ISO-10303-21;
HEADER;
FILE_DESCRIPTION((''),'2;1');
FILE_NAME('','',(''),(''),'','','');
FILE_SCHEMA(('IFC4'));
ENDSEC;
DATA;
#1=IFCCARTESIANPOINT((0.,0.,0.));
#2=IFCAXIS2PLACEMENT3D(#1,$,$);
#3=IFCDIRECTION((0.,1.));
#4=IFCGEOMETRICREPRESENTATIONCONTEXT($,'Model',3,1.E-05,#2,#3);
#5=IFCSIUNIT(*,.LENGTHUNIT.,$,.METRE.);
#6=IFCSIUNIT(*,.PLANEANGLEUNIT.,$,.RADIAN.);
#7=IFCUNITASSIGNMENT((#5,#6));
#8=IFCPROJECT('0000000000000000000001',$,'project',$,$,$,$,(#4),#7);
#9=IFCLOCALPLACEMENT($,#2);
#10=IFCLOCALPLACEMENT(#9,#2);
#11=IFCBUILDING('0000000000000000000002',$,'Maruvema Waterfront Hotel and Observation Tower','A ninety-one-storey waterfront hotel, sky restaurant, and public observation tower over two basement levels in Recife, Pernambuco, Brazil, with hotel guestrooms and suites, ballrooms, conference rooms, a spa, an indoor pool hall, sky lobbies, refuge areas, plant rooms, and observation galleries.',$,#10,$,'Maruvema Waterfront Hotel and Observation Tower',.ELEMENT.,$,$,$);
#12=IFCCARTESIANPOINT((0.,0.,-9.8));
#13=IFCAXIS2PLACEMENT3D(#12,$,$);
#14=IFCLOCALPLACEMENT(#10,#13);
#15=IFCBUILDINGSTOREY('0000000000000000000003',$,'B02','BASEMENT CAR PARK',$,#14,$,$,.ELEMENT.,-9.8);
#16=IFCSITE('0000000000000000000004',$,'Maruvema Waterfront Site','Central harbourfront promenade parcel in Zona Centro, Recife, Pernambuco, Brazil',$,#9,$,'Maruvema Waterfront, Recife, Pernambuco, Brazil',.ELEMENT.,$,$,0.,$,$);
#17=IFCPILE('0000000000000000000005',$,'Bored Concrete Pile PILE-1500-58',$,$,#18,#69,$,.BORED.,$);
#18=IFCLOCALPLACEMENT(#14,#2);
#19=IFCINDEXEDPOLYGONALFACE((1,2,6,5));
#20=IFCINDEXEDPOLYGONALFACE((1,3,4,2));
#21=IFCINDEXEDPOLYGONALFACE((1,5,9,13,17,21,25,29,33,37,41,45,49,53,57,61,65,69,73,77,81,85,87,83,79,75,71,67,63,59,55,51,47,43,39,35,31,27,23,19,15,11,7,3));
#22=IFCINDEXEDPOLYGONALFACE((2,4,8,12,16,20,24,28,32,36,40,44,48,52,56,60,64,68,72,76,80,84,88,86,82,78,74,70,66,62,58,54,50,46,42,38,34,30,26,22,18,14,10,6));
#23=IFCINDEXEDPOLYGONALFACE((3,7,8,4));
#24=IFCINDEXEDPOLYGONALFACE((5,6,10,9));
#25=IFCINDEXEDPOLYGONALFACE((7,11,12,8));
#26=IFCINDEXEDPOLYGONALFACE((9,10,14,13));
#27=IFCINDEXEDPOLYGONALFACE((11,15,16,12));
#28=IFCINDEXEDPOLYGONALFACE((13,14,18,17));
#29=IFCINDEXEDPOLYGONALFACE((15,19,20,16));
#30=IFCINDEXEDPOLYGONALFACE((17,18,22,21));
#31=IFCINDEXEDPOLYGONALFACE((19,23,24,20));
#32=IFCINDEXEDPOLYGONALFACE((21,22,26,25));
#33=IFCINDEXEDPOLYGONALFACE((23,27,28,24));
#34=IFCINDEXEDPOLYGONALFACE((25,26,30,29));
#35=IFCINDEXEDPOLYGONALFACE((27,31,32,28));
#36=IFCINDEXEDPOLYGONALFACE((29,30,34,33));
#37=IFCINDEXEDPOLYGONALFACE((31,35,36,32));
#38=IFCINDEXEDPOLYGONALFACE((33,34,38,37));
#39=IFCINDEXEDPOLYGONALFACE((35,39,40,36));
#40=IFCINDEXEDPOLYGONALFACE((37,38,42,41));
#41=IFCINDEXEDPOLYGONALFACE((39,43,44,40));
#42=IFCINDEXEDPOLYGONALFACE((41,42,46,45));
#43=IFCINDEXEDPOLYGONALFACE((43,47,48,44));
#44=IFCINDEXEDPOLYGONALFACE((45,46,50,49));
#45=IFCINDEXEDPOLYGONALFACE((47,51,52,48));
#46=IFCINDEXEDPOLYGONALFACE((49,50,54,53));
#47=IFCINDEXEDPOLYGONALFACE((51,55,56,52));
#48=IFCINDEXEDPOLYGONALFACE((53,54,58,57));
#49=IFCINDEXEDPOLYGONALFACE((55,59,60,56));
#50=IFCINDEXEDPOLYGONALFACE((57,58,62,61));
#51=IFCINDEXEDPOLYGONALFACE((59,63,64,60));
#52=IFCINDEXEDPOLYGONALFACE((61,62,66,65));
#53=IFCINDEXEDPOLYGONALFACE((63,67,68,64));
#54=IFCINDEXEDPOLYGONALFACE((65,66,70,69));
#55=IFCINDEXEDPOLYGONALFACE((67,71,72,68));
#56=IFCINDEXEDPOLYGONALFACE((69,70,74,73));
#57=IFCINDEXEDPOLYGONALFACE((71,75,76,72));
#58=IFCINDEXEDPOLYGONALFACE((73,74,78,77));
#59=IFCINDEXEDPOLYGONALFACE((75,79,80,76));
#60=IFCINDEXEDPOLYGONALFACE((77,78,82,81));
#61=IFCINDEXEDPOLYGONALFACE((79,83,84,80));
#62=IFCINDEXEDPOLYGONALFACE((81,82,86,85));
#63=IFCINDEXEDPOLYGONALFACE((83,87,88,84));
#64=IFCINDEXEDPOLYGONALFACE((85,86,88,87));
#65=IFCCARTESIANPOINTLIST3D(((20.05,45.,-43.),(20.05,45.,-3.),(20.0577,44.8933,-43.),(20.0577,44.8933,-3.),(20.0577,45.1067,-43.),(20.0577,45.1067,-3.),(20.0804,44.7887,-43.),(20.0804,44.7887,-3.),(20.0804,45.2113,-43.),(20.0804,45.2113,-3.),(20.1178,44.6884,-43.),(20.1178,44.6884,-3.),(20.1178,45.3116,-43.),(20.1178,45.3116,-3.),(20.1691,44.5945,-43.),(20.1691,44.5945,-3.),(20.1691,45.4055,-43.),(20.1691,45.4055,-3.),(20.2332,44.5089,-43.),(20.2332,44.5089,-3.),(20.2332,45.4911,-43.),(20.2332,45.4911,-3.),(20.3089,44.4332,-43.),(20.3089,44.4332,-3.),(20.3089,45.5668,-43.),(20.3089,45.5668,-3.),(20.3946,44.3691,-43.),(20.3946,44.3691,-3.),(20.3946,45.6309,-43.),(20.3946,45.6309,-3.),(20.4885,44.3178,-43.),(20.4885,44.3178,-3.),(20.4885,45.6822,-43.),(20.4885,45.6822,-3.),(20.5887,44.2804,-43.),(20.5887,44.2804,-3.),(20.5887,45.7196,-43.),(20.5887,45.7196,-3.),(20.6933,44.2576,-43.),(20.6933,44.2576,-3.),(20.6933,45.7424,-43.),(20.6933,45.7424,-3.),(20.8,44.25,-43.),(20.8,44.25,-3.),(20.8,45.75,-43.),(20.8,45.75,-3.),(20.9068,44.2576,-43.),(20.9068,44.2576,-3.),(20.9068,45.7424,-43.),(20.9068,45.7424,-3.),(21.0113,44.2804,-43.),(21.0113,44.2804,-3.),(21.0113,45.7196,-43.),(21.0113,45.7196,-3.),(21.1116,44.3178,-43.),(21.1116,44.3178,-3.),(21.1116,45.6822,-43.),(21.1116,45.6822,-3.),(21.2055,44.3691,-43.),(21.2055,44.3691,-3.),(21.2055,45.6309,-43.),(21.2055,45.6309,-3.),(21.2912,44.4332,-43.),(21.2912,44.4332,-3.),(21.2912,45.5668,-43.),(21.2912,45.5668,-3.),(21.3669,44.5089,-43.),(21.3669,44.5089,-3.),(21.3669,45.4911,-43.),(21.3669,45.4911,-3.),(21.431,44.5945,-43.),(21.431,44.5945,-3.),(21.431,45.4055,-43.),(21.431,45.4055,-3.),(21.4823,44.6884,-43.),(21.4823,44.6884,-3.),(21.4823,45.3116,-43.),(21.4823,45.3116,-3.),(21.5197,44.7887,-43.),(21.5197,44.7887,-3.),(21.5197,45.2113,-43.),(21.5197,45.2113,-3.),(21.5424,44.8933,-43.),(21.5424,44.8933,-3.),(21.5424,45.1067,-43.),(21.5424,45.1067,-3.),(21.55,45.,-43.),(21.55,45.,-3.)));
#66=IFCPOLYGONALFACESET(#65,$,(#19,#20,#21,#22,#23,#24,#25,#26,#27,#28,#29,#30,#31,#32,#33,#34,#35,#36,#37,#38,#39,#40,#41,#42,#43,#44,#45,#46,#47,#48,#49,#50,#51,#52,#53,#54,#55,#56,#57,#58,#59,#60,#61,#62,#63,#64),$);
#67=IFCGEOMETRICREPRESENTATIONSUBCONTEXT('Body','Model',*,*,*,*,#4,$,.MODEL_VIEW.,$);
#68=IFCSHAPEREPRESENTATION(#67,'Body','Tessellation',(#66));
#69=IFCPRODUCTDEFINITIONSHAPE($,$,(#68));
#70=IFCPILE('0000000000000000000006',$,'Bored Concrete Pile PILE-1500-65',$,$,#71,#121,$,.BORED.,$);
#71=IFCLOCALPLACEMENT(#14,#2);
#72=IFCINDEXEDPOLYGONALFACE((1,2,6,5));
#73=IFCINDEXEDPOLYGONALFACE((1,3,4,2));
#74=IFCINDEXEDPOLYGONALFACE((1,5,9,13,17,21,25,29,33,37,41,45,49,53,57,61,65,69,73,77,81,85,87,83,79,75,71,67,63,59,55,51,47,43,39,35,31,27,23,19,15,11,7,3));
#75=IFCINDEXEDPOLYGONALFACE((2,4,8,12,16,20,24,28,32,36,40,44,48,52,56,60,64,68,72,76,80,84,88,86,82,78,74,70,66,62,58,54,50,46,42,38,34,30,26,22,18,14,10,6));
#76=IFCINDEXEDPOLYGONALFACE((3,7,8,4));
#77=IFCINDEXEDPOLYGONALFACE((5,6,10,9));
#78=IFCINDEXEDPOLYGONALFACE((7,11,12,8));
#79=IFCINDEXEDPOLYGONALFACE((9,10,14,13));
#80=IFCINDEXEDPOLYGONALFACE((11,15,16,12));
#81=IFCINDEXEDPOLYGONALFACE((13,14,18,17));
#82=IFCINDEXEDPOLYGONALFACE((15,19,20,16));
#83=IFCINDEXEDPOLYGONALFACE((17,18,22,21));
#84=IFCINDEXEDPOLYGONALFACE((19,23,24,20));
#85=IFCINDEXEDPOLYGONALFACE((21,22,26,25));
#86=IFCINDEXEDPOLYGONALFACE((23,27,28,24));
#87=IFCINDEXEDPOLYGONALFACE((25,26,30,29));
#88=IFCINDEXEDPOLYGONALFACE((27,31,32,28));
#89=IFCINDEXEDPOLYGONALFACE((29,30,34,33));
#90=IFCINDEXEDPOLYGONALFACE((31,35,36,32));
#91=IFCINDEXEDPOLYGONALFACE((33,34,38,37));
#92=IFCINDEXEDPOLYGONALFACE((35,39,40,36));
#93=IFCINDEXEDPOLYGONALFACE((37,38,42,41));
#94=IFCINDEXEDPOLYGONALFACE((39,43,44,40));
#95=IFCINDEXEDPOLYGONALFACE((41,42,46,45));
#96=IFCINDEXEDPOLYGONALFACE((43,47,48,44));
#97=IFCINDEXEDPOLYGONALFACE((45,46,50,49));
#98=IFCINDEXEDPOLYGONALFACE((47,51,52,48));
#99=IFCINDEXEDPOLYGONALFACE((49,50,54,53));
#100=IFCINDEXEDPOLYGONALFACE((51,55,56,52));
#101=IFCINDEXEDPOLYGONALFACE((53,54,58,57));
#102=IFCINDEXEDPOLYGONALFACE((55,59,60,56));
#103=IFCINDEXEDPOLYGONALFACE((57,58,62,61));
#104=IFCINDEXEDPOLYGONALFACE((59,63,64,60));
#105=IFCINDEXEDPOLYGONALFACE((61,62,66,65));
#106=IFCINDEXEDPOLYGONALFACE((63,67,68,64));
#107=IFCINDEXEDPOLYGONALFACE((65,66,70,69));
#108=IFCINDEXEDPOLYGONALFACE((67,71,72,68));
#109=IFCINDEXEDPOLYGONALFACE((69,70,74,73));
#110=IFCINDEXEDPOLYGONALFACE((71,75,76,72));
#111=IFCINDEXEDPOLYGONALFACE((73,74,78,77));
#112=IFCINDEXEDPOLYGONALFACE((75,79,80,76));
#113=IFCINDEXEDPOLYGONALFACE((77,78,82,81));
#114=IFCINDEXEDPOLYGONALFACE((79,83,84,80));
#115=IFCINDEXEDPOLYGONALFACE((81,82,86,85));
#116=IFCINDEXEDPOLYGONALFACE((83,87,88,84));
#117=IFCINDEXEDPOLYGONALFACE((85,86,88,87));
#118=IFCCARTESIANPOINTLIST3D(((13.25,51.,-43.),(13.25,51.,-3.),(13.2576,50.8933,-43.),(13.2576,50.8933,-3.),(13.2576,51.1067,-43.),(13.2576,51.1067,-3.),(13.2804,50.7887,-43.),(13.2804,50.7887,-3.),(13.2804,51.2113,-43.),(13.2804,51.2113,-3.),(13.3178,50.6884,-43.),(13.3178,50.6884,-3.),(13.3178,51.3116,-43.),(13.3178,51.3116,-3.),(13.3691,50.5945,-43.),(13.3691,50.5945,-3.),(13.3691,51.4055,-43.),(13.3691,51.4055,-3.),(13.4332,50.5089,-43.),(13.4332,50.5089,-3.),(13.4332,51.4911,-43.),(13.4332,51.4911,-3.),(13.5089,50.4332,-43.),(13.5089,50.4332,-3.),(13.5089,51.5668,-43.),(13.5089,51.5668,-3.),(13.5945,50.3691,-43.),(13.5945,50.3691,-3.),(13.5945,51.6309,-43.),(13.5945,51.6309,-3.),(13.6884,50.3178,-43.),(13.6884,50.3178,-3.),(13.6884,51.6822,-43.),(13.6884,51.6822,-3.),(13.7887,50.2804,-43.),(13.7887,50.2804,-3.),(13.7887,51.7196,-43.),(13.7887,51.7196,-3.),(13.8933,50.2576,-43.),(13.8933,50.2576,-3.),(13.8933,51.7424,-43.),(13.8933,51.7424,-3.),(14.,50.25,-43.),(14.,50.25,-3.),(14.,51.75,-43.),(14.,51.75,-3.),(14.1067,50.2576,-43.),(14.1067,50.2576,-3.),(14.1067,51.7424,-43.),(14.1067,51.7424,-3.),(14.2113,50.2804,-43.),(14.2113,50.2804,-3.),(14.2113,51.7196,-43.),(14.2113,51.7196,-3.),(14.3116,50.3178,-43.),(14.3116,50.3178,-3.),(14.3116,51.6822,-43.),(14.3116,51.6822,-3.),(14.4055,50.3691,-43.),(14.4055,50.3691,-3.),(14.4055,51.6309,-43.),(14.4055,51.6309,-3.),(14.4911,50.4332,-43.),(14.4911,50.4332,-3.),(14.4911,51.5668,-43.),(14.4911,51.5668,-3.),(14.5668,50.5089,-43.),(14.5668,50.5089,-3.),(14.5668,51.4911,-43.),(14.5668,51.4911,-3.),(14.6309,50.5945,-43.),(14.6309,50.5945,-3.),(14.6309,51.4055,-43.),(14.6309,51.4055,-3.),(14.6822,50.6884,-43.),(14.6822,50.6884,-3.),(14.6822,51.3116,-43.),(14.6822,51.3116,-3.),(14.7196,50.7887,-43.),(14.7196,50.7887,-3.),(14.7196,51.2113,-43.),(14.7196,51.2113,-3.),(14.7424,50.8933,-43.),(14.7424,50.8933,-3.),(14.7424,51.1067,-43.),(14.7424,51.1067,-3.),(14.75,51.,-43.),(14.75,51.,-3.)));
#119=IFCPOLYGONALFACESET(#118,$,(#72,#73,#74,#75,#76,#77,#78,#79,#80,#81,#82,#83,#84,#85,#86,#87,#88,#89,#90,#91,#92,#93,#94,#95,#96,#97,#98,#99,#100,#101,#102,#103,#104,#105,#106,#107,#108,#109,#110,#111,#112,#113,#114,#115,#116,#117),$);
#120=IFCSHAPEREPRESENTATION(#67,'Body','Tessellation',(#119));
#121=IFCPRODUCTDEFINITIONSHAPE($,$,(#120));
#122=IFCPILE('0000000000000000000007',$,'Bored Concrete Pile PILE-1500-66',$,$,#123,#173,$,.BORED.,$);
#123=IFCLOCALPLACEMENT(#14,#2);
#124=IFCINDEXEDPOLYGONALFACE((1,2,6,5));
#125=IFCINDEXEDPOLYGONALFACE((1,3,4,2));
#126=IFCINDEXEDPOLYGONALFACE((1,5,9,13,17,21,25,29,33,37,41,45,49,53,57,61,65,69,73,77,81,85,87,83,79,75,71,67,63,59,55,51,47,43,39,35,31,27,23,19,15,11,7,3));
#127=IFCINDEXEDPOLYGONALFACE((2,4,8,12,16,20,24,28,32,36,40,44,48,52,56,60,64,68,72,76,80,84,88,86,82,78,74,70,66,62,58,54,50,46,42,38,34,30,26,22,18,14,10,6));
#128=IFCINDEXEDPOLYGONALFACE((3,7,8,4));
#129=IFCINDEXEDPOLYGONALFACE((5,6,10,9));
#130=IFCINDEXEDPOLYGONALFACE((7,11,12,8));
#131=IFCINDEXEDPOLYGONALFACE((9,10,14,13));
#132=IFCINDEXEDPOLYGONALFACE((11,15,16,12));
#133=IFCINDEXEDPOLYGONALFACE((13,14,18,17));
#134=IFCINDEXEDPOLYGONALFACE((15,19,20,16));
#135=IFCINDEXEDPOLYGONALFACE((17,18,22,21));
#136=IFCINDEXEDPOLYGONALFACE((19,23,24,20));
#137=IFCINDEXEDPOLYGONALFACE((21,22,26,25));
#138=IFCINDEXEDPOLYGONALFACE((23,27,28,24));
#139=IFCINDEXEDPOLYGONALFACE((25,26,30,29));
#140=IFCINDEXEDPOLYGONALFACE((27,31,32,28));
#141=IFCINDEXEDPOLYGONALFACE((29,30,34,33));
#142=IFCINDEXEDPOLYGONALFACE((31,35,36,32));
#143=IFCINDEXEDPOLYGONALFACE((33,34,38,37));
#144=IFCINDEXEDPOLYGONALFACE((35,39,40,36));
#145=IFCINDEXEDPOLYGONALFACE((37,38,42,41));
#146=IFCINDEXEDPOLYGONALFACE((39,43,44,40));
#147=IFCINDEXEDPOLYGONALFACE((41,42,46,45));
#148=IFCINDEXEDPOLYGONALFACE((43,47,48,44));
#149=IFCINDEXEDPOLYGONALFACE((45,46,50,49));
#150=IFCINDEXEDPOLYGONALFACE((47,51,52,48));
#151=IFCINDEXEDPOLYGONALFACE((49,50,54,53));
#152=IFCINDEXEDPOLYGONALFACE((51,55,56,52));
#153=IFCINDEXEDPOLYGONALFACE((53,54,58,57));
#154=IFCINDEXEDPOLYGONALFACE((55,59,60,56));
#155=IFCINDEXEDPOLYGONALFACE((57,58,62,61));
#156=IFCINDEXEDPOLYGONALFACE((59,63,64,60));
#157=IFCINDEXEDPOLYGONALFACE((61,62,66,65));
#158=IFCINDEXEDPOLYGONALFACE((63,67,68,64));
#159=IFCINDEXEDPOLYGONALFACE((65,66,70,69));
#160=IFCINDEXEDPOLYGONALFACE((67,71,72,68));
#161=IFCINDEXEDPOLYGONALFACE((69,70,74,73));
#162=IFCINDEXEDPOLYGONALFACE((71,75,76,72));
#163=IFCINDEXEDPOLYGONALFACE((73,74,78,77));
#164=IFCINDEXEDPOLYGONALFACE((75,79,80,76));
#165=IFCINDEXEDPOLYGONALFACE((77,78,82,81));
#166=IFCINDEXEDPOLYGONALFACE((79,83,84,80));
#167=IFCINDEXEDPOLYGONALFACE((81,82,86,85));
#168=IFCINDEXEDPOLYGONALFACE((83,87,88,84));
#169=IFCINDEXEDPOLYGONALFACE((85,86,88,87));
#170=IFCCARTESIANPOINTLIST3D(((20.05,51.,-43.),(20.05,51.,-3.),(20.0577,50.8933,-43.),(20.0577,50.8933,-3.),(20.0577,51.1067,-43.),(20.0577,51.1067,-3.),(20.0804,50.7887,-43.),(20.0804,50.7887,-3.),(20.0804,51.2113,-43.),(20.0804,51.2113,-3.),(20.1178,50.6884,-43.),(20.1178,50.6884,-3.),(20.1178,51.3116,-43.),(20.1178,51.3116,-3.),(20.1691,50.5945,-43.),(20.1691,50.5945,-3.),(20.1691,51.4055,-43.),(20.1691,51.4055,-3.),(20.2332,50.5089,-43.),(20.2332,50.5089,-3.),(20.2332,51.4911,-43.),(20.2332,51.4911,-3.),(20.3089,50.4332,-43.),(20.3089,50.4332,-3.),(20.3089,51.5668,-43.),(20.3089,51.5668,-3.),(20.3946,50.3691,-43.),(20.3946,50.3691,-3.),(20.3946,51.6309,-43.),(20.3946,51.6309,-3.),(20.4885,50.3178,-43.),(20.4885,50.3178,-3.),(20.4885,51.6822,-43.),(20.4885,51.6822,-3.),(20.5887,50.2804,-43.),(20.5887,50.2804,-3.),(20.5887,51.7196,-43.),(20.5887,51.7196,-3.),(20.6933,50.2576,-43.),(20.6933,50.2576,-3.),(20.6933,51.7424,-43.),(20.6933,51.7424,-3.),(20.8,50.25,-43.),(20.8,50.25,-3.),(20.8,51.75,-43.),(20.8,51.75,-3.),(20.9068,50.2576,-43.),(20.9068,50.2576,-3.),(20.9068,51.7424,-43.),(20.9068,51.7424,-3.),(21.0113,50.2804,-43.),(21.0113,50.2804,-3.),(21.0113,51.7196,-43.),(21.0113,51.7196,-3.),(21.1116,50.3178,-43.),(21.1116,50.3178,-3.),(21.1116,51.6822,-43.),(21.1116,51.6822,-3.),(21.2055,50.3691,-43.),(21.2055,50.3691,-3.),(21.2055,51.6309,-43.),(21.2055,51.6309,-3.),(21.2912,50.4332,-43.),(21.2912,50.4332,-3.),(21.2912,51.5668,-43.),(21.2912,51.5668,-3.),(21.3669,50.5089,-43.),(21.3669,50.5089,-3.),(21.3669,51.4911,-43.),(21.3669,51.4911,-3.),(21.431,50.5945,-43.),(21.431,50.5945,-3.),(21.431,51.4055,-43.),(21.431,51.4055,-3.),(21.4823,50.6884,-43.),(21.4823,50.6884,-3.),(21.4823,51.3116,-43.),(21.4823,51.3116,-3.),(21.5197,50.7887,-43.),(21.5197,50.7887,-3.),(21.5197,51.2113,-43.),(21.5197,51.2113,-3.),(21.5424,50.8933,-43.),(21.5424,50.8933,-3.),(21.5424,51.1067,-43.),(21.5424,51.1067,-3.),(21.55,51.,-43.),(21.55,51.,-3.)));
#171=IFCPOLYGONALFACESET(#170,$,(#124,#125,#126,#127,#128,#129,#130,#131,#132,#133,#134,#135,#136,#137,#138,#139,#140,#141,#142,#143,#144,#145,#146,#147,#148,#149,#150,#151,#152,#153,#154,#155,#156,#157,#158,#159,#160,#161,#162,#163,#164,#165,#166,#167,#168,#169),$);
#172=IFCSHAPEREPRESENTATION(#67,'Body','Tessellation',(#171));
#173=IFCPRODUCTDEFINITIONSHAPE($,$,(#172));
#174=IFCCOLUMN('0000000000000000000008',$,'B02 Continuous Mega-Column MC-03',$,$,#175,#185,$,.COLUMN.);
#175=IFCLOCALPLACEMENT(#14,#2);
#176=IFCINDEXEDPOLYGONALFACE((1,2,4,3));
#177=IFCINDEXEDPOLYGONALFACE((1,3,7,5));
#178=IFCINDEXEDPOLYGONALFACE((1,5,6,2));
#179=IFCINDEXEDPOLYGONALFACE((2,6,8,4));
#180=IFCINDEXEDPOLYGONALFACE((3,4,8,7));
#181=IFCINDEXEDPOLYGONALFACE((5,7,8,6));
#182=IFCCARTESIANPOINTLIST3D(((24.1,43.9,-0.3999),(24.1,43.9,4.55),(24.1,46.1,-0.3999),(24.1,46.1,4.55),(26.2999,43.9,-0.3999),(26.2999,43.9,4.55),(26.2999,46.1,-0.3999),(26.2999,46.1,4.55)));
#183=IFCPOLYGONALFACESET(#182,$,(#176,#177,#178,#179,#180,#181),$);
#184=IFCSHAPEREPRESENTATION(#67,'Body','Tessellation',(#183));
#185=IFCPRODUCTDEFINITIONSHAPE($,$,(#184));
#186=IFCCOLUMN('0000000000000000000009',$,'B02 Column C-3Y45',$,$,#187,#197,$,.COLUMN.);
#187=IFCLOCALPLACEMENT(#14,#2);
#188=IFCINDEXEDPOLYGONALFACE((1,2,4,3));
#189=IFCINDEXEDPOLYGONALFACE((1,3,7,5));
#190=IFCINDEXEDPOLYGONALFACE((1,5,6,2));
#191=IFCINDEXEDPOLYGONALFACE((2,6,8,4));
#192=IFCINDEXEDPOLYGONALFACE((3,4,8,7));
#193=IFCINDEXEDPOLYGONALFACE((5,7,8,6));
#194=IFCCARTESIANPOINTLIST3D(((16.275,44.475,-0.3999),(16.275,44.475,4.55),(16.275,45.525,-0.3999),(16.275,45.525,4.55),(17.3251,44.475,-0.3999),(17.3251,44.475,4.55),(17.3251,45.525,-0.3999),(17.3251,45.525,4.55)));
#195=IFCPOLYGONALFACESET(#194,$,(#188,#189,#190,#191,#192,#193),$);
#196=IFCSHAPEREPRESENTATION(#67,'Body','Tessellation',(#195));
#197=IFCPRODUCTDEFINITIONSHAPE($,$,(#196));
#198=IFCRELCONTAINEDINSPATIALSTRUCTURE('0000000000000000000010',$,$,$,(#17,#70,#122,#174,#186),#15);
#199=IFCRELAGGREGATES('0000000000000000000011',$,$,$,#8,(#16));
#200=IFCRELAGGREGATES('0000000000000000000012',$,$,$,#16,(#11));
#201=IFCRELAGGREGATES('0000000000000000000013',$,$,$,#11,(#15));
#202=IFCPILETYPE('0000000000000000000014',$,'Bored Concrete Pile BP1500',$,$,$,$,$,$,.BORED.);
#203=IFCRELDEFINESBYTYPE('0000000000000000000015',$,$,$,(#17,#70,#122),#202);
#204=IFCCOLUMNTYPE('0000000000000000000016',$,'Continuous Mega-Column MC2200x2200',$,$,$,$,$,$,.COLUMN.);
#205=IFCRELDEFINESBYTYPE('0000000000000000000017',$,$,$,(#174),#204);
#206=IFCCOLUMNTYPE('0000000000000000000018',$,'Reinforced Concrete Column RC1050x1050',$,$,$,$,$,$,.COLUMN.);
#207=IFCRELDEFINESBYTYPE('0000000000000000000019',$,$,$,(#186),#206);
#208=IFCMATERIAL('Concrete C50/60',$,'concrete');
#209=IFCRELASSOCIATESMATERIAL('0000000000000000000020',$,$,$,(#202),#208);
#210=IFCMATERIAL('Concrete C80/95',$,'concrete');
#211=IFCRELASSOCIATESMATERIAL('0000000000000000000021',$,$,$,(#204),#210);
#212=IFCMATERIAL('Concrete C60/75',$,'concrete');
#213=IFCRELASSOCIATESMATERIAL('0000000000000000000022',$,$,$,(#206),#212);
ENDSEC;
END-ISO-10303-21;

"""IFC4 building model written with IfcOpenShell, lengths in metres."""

from ifc_helpers import new_model, si_unit, direction, frame, origin, origin_2d, place, context, subcontext, project, spatial, rectangle, circle, extrude, material, material_profile, profile_set, type_object, element, save


model = new_model("IFC4")

# Units and contexts
model_context = context("Model", 3, precision=1e-05, world=origin(), true_north=direction((0.0, 1.0)))
body_context = subcontext(model_context, "Body", "Model", "MODEL_VIEW")
ifc_project = project(units=[si_unit("LENGTHUNIT", "METRE"), si_unit("PLANEANGLEUNIT", "RADIAN")], contexts=[model_context])

# Site, building, storey
site_placement = place(None, origin())
site = spatial("IfcSite", under=ifc_project, at=site_placement, Name="Maruvema Waterfront Site", Description="Central harbourfront promenade parcel in Zona Centro, Recife, Pernambuco, Brazil", LongName="Maruvema Waterfront, Recife, Pernambuco, Brazil", CompositionType="ELEMENT", RefElevation=0.0)
building_placement = place(site_placement, origin())
building = spatial("IfcBuilding", under=site, at=building_placement, Name="Maruvema Waterfront Hotel and Observation Tower", Description="A ninety-one-storey waterfront hotel, sky restaurant, and public observation tower over two basement levels in Recife, Pernambuco, Brazil, with hotel guestrooms and suites, ballrooms, conference rooms, a spa, an indoor pool hall, sky lobbies, refuge areas, plant rooms, and observation galleries.", LongName="Maruvema Waterfront Hotel and Observation Tower", CompositionType="ELEMENT")
storey_placement = place(building_placement, frame((0.0, 0.0, -9.8)))
storey = spatial("IfcBuildingStorey", under=building, at=storey_placement, Name="B02", Description="BASEMENT CAR PARK", CompositionType="ELEMENT", Elevation=-9.8)

# Piles
ifc_material_1 = material(Name="Concrete C50/60", Category="concrete")
ifc_material_profile_1 = material_profile(ifc_material_1, circle(Radius=0.75, at=origin_2d()), Name="BP1500")
ifc_profile_set_1 = profile_set([ifc_material_profile_1], Name="Concrete C50/60")
pile_type = type_object("IfcPileType", Name="Bored Concrete Pile BP1500", PredefinedType="BORED", material=ifc_profile_set_1)
for number, where, z_axis, x_axis, name in (
    (1, (20.8, 45.0, -3.0), (0.0, 0.0, -1.0), (1.0, 0.0, 0.0), "Bored Concrete Pile PILE-1500-58"),
    (2, (14.0, 51.0, -3.0), (0.0, 0.0, -1.0), (1.0, 0.0, 0.0), "Bored Concrete Pile PILE-1500-65"),
    (3, (20.8, 51.0, -3.0), (0.0, 0.0, -1.0), (1.0, 0.0, 0.0), "Bored Concrete Pile PILE-1500-66"),
):
    element("IfcPile", number, at=place(storey_placement, frame(where, z_axis=z_axis, x_axis=x_axis)), inside=storey, type_object=pile_type, Name=name, PredefinedType="BORED", context=body_context, shape_type="SweptSolid", body=[
        extrude(circle(Radius=0.75, at=origin_2d()), origin(), (0.0, 0.0, 1.0), 40.0),
    ])

# Columns
ifc_material_2 = material(Name="Concrete C80/95", Category="concrete")
ifc_material_profile_2 = material_profile(ifc_material_2, rectangle(XDim=2.2, YDim=2.2, at=origin_2d()), Name="MC2200x2200")
ifc_profile_set_2 = profile_set([ifc_material_profile_2], Name="Concrete C80/95")
column_type_1 = type_object("IfcColumnType", Name="Continuous Mega-Column MC2200x2200", PredefinedType="COLUMN", material=ifc_profile_set_2)
column_placement = place(storey_placement, frame((25.2, 45.0, -0.3999), z_axis=(0.0, 0.0, 1.0), x_axis=(1.0, 0.0, 0.0)))
element("IfcColumn", 4, at=column_placement, inside=storey, type_object=column_type_1, Name="B02 Continuous Mega-Column MC-03", PredefinedType="COLUMN", context=body_context, shape_type="SweptSolid", body=[
    extrude(rectangle(XDim=2.2, YDim=2.2, at=origin_2d()), origin(), (0.0, 0.0, 1.0), 4.95),
])
ifc_material_3 = material(Name="Concrete C60/75", Category="concrete")
ifc_material_profile_3 = material_profile(ifc_material_3, rectangle(XDim=1.05, YDim=1.05, at=origin_2d()), Name="RC1050x1050")
ifc_profile_set_3 = profile_set([ifc_material_profile_3], Name="Concrete C60/75")
column_type_2 = type_object("IfcColumnType", Name="Reinforced Concrete Column RC1050x1050", PredefinedType="COLUMN", material=ifc_profile_set_3)
for number, where, z_axis, x_axis, name in (
    (5, (16.8, 45.0, -0.3999), (0.0, 0.0, 1.0), (1.0, 0.0, 0.0), "B02 Column C-3Y45"),
):
    element("IfcColumn", number, at=place(storey_placement, frame(where, z_axis=z_axis, x_axis=x_axis)), inside=storey, type_object=column_type_2, Name=name, PredefinedType="COLUMN", context=body_context, shape_type="SweptSolid", body=[
        extrude(rectangle(XDim=1.05, YDim=1.05, at=origin_2d()), origin(), (0.0, 0.0, 1.0), 4.95),
    ])

save(model, "model.ifc")
